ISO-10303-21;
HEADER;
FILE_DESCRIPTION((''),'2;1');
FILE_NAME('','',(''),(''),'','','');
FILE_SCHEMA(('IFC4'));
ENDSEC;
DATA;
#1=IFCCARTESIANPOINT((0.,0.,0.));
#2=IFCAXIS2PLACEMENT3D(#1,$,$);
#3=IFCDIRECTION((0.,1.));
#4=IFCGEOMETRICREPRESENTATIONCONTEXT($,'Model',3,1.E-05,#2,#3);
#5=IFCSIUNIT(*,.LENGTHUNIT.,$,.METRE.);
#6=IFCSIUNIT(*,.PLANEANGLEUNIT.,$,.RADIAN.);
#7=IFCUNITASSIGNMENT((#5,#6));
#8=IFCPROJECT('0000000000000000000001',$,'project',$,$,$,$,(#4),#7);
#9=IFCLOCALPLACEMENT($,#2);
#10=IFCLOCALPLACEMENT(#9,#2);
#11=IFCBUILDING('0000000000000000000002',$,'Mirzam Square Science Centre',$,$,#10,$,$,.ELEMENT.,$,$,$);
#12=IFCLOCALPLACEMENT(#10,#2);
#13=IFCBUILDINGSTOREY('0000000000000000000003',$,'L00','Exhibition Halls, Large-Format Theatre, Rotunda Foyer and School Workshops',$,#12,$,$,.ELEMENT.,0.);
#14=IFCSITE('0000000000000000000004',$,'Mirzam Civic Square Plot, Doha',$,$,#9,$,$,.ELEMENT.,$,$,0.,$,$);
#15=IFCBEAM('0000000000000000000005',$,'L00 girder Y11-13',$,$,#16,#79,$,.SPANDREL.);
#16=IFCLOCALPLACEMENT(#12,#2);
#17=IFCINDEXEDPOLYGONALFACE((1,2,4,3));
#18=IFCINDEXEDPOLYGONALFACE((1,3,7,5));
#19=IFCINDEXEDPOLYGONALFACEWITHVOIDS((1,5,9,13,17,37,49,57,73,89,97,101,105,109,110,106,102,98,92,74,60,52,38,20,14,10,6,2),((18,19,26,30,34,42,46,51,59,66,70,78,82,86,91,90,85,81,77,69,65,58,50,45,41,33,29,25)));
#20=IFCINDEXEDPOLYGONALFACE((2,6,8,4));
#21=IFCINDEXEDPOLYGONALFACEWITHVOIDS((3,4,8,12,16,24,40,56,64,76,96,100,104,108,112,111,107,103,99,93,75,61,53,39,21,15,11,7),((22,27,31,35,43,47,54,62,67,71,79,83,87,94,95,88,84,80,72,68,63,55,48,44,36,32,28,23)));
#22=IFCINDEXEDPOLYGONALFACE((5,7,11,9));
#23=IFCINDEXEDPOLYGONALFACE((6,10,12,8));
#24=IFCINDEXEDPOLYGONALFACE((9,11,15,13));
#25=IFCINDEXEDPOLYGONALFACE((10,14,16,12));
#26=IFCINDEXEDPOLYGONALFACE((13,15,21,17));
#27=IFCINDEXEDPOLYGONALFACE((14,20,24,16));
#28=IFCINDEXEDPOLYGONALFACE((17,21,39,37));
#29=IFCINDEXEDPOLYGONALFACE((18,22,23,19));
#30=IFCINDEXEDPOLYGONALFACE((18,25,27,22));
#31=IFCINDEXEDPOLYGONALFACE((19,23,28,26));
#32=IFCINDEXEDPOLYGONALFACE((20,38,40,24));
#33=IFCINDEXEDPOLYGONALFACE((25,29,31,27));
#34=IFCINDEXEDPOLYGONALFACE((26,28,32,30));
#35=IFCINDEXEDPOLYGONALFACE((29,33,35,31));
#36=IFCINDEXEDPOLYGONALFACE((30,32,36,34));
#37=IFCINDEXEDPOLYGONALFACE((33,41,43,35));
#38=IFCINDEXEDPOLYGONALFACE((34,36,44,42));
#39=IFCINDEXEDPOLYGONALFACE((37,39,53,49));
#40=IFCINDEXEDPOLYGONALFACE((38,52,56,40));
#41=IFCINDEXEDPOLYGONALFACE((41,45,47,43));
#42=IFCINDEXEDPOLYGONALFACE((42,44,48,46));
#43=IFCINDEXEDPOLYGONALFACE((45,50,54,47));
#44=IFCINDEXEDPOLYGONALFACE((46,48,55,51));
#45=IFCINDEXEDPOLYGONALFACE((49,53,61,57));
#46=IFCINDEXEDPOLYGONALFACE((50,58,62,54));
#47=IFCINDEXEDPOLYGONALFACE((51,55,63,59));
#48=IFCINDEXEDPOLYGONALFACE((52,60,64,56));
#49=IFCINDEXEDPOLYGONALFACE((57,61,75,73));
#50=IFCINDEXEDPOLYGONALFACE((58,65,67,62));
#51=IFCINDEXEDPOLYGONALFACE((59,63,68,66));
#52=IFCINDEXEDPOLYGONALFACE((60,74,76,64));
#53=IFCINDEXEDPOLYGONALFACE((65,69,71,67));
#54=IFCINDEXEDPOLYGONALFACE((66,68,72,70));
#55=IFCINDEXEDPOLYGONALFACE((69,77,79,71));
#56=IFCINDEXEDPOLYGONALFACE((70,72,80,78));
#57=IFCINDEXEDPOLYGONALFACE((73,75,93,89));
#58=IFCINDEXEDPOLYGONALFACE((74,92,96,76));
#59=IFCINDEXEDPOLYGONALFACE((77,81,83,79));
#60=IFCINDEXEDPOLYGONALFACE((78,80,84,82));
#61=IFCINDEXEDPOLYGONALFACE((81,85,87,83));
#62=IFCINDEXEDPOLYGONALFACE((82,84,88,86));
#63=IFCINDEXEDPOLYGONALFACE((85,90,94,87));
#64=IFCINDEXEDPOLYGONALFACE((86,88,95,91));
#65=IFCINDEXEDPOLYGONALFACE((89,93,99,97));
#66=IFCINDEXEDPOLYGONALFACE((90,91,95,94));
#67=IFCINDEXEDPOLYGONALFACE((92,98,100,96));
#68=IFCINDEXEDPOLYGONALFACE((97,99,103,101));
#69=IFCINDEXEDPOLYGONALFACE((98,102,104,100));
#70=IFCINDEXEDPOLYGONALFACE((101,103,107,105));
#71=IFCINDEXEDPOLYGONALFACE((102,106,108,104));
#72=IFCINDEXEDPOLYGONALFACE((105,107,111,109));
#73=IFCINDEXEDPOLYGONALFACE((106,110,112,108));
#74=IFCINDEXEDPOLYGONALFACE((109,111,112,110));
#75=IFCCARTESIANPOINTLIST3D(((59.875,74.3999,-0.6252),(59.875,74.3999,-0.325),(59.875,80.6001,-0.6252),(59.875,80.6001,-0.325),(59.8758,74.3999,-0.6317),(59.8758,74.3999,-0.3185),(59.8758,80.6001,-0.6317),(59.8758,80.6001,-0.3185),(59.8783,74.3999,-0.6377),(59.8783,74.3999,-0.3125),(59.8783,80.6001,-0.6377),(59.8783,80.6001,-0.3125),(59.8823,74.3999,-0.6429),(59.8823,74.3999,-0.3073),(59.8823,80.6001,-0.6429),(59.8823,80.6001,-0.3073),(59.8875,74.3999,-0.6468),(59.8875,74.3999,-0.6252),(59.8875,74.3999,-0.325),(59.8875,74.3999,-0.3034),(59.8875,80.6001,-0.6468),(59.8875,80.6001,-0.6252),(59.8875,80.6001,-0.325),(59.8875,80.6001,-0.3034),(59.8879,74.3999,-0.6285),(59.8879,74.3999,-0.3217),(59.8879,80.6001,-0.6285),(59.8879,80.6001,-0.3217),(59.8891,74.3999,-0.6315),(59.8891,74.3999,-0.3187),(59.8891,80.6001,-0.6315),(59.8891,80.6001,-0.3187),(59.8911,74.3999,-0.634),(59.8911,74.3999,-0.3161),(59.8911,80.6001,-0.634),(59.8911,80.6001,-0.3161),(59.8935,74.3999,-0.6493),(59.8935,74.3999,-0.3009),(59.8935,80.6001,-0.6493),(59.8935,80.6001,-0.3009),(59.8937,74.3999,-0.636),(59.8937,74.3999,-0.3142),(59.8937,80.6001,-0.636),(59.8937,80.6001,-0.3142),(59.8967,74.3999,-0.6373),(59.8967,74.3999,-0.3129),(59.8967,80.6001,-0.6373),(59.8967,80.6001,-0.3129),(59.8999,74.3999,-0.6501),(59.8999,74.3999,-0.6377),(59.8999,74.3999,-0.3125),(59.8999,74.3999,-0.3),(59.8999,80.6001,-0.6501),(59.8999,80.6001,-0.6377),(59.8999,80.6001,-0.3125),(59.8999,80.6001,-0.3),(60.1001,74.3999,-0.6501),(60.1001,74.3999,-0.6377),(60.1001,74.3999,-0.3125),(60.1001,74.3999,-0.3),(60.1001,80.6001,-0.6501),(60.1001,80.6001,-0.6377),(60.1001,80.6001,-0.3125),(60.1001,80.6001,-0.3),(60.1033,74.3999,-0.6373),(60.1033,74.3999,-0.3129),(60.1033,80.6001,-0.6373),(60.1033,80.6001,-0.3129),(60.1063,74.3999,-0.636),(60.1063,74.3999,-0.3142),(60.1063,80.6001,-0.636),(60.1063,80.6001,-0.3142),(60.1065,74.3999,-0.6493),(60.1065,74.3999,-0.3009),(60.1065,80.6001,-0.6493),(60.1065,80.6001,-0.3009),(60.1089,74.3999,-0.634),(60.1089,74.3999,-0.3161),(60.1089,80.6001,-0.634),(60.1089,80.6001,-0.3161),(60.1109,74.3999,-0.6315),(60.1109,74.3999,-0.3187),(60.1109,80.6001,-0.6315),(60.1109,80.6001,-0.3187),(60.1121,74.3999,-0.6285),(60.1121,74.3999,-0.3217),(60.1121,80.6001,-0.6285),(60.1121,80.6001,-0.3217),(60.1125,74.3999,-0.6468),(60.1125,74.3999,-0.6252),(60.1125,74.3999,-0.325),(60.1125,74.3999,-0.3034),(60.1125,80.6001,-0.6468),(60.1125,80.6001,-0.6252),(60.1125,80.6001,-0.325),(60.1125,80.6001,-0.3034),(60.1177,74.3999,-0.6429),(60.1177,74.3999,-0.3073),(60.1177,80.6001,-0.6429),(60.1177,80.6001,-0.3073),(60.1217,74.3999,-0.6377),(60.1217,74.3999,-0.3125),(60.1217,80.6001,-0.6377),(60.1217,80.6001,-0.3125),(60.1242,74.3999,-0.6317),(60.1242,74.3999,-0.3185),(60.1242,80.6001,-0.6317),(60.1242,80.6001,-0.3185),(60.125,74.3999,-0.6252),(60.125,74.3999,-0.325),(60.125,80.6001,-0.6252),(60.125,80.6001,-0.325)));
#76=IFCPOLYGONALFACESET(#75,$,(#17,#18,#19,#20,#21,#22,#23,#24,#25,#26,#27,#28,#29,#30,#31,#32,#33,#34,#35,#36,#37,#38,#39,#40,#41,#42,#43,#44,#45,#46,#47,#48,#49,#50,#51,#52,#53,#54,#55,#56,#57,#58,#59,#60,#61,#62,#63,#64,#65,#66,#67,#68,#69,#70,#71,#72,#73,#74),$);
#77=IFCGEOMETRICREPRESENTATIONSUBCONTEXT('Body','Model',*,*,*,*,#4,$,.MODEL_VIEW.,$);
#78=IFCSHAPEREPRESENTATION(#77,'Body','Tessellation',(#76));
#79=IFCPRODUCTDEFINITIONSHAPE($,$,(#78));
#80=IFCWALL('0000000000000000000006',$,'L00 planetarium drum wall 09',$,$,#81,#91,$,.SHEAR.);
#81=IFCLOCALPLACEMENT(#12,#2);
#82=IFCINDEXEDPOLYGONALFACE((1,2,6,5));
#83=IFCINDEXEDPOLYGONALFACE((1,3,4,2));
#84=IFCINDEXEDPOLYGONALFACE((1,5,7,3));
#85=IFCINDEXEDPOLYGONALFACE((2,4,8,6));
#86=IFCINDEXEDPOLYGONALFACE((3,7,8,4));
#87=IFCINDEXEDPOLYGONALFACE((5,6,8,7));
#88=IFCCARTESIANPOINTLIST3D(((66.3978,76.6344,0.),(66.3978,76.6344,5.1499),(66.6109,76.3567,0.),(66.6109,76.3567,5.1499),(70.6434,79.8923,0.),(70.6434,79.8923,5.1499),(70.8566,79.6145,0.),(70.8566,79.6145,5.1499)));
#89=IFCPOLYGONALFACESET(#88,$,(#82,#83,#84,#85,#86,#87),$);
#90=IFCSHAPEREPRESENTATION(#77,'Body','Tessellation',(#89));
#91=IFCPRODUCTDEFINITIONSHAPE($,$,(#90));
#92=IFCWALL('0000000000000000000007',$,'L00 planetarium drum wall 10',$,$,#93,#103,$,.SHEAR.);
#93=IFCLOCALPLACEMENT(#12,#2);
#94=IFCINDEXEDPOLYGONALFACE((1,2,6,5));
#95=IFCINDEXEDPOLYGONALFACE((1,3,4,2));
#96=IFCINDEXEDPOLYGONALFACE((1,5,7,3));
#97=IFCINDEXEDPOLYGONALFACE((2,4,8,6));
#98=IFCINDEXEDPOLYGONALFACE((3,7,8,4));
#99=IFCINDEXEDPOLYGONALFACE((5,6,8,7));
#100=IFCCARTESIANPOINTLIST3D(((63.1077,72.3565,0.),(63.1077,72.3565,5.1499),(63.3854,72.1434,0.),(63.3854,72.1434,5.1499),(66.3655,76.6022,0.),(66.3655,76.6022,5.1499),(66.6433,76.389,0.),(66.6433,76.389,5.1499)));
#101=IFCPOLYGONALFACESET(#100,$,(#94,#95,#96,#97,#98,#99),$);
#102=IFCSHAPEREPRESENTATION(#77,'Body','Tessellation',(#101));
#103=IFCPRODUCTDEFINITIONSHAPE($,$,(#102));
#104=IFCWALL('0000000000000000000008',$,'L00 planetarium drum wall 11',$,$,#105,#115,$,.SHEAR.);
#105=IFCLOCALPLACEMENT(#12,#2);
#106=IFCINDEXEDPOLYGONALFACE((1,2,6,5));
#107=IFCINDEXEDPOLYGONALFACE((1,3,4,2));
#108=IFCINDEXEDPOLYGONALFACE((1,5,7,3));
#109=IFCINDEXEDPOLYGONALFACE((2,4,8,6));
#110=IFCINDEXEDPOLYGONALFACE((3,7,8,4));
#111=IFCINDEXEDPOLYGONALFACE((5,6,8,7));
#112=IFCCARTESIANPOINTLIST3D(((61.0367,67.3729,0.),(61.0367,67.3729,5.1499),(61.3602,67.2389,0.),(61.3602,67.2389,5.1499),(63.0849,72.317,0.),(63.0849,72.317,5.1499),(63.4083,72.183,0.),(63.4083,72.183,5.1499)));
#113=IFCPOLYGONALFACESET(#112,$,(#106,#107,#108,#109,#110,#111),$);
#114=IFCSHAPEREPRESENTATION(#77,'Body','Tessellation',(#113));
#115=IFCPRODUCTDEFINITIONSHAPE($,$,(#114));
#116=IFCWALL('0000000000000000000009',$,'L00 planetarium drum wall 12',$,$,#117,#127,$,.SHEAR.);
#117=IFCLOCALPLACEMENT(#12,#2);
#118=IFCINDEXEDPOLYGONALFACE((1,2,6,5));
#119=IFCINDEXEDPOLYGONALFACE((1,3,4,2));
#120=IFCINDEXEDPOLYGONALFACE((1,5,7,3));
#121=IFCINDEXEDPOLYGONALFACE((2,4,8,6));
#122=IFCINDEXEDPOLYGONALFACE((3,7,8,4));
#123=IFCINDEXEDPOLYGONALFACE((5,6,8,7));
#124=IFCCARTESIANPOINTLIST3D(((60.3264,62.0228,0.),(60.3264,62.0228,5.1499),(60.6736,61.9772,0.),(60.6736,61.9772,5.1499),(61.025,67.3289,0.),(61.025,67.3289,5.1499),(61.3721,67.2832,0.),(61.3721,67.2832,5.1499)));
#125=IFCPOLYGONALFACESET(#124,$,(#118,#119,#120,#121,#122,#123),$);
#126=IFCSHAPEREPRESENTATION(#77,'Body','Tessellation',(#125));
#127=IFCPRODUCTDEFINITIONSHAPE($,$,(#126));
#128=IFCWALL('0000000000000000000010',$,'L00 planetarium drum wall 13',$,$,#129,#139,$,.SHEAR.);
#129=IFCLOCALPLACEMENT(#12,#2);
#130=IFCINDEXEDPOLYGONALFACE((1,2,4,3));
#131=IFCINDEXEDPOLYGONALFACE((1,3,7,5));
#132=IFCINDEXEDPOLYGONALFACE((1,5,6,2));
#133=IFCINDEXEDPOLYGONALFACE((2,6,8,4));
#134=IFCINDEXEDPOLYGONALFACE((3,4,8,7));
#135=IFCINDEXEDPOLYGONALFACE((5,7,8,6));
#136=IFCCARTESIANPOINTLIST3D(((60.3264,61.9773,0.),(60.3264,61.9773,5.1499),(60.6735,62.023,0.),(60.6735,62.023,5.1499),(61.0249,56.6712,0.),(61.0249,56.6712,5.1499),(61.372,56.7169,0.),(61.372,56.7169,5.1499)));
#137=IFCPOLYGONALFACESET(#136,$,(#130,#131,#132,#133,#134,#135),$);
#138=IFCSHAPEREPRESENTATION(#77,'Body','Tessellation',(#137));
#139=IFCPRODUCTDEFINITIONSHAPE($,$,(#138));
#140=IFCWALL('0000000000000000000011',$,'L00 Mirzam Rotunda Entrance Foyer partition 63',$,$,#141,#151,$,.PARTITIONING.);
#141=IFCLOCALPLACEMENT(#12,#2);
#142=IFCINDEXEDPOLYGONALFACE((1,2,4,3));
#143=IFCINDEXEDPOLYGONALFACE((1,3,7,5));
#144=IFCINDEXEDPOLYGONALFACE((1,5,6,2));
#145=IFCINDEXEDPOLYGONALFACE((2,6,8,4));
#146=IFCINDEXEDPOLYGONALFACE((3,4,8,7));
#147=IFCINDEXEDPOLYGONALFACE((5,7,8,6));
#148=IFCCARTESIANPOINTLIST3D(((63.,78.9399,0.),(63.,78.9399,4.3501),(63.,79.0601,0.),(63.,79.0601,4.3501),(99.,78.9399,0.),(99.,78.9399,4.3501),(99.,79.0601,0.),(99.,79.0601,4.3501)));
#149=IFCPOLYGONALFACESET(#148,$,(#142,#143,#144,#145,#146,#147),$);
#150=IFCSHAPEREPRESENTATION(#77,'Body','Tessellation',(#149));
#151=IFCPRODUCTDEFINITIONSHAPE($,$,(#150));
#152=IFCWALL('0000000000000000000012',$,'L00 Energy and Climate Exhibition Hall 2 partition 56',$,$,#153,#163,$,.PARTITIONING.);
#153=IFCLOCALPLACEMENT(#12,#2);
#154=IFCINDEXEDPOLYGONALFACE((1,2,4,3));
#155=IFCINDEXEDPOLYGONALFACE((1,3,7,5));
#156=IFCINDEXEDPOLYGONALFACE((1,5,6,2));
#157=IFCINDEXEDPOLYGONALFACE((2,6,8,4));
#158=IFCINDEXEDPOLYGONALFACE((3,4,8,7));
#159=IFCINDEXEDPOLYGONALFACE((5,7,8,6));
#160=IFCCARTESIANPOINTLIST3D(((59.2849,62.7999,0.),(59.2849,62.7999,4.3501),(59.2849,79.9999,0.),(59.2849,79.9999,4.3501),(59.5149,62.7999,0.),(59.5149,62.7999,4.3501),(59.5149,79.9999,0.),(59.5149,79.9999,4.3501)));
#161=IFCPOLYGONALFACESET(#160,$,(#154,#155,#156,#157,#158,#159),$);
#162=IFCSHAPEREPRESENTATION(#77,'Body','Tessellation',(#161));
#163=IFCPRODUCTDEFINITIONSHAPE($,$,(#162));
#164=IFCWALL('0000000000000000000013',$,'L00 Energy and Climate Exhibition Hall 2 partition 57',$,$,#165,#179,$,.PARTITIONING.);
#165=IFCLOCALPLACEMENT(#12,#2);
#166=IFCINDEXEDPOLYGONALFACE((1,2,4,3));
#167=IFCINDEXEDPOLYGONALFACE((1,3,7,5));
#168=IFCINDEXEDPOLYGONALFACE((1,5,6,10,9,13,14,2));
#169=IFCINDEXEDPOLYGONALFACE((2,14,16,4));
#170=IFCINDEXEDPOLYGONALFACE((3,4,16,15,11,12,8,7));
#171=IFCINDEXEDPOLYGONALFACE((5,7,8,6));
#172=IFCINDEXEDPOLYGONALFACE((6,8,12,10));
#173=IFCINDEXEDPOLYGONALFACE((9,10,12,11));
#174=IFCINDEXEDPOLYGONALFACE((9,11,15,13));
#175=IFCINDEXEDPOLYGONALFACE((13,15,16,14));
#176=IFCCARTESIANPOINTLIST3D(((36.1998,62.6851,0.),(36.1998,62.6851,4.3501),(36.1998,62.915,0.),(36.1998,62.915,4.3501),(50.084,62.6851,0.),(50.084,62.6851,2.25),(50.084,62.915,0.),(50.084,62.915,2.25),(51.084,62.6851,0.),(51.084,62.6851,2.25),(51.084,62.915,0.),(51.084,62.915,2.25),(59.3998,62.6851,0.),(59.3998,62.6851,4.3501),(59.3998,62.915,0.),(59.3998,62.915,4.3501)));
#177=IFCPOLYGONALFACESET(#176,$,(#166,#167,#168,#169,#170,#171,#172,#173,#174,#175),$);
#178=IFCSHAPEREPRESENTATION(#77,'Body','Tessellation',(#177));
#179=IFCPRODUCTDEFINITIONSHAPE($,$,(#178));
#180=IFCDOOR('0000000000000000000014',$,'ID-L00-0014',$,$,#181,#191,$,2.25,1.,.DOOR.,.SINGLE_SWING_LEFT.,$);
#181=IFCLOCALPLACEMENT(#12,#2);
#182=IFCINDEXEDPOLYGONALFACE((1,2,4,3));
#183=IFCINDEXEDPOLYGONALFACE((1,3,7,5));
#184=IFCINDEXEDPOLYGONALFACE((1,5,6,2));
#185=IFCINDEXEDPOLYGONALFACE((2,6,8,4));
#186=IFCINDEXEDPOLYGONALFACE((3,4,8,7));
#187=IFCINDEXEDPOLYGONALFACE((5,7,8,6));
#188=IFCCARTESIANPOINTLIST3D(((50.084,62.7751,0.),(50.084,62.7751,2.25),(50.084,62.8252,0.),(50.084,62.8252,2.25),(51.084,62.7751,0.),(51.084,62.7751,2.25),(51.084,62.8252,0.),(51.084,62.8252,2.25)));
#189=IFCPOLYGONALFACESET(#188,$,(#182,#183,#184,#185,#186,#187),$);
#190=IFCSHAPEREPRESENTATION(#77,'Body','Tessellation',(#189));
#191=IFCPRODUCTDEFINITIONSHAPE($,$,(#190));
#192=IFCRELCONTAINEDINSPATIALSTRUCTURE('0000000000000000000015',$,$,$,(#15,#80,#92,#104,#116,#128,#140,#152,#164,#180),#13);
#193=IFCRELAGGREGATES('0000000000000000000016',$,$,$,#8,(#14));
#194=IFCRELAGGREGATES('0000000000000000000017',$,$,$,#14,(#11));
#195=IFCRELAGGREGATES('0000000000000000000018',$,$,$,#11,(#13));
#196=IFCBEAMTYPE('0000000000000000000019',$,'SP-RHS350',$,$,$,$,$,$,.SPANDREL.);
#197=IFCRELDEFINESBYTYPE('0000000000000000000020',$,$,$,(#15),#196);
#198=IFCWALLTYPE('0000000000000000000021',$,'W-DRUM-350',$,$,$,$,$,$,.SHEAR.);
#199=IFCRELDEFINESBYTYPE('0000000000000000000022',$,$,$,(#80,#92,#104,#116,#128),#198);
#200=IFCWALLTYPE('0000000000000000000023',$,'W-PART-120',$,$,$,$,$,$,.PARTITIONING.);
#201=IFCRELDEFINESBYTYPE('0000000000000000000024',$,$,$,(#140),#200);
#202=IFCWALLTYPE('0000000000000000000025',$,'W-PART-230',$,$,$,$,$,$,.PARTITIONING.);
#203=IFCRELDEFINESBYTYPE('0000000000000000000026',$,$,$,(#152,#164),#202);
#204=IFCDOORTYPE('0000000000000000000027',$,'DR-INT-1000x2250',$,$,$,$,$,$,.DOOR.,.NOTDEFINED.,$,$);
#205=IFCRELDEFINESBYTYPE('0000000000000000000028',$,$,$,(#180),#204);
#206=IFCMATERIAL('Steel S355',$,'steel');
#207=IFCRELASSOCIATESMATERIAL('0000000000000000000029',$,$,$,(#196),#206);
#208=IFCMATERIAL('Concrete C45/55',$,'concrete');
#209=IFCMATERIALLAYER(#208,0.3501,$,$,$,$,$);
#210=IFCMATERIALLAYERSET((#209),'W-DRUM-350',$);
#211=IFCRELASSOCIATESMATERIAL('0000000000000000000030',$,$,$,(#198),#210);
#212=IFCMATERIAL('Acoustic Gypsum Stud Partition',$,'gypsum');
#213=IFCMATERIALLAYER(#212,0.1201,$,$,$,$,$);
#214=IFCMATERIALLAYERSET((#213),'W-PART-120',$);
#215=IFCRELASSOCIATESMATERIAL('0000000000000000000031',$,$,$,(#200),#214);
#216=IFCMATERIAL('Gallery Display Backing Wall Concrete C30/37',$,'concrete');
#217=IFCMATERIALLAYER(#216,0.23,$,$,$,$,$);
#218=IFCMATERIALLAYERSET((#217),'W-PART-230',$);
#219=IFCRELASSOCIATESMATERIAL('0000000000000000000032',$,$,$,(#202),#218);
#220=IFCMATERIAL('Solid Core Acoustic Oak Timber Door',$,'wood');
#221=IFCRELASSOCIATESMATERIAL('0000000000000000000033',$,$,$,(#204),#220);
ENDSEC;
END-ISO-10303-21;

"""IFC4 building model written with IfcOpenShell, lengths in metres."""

from ifc_helpers import new_model, si_unit, direction, frame, frame_2d, origin, origin_2d, place, context, subcontext, project, spatial, rectangle, hollow_rectangle, extrude, material, layer, layer_set, material_profile, profile_set, type_object, element, fill, save


model = new_model("IFC4")

# Units and contexts
model_context = context("Model", 3, precision=1e-05, world=origin(), true_north=direction((0.0, 1.0)))
body_context = subcontext(model_context, "Body", "Model", "MODEL_VIEW")
ifc_project = project(units=[si_unit("LENGTHUNIT", "METRE"), si_unit("PLANEANGLEUNIT", "RADIAN")], contexts=[model_context])

# Site, building, storey
site_placement = place(None, origin())
site = spatial("IfcSite", under=ifc_project, at=site_placement, Name="Mirzam Civic Square Plot, Doha", CompositionType="ELEMENT", RefElevation=0.0)
building_placement = place(site_placement, origin())
building = spatial("IfcBuilding", under=site, at=building_placement, Name="Mirzam Square Science Centre", CompositionType="ELEMENT")
storey_placement = place(building_placement, origin())
storey = spatial("IfcBuildingStorey", under=building, at=storey_placement, Name="L00", Description="Exhibition Halls, Large-Format Theatre, Rotunda Foyer and School Workshops", CompositionType="ELEMENT", Elevation=0.0)

# Shared definitions
ifc_material_1 = material(Name="Steel S355", Category="steel")
ifc_material_2 = material(Name="Concrete C45/55", Category="concrete")

# Beam
ifc_material_profile_1 = material_profile(ifc_material_1, hollow_rectangle(XDim=0.25, YDim=0.3501, WallThickness=0.0125, InnerFilletRadius=0.0125, OuterFilletRadius=0.0249, at=origin_2d()), Name="350x250x12.5RHS")
ifc_profile_set_1 = profile_set([ifc_material_profile_1], Name="Steel S355")
beam_type_1 = type_object("IfcBeamType", Name="SP-RHS350", PredefinedType="SPANDREL", material=ifc_profile_set_1)
beam_1_placement = place(storey_placement, frame((60.0, 74.3999, -0.4751), z_axis=(0.0, 1.0, 0.0), x_axis=(-1.0, 0.0, 0.0)))
element("IfcBeam", 1, at=beam_1_placement, inside=storey, type_object=beam_type_1, Name="L00 girder Y11-13", PredefinedType="SPANDREL", context=body_context, shape_type="SweptSolid", body=[
    extrude(hollow_rectangle(XDim=0.25, YDim=0.3501, WallThickness=0.0125, InnerFilletRadius=0.0125, OuterFilletRadius=0.0249, at=origin_2d()), origin(), (0.0, 0.0, 1.0), 6.2002),
])

# Walls
ifc_layer_1 = layer(ifc_material_2, 0.3501)
ifc_layer_set_1 = layer_set([ifc_layer_1], Name="W-DRUM-350")
wall_type_1 = type_object("IfcWallType", Name="W-DRUM-350", PredefinedType="SHEAR", material=ifc_layer_set_1)
for number, where, z_axis, x_axis, name in (
    (2, (70.75, 79.7534, 0.0), (0.0, 0.0, 1.0), (-0.793349, -0.608767, 0.0), "L00 planetarium drum wall 09"),
    (3, (66.5044, 76.4956, 0.0), (0.0, 0.0, 1.0), (-0.608767, -0.793349, 0.0), "L00 planetarium drum wall 10"),
    (4, (63.2466, 72.25, 0.0), (0.0, 0.0, 1.0), (-0.382713, -0.923867, 0.0), "L00 planetarium drum wall 11"),
):
    element("IfcWall", number, at=place(storey_placement, frame(where, z_axis=z_axis, x_axis=x_axis)), inside=storey, type_object=wall_type_1, Name=name, PredefinedType="SHEAR", context=body_context, shape_type="SweptSolid", body=[
        extrude(rectangle(XDim=5.3516, YDim=0.3501, at=frame_2d((2.6758, 0.0))), origin(), (0.0, 0.0, 1.0), 5.1499),
    ])
for number, where, z_axis, x_axis, name in (
    (5, (61.1985, 67.3059, 0.0), (0.0, 0.0, 1.0), (-0.130517, -0.991446, 0.0), "L00 planetarium drum wall 12"),
    (6, (60.5, 62.0, 0.0), (0.0, 0.0, 1.0), (0.130517, -0.991446, 0.0), "L00 planetarium drum wall 13"),
):
    element("IfcWall", number, at=place(storey_placement, frame(where, z_axis=z_axis, x_axis=x_axis)), inside=storey, type_object=wall_type_1, Name=name, PredefinedType="SHEAR", context=body_context, shape_type="SweptSolid", body=[
        extrude(rectangle(XDim=5.3518, YDim=0.3501, at=frame_2d((2.6758, 0.0))), origin(), (0.0, 0.0, 1.0), 5.1499),
    ])
ifc_material_3 = material(Name="Acoustic Gypsum Stud Partition", Category="gypsum")
ifc_layer_2 = layer(ifc_material_3, 0.1201)
ifc_layer_set_2 = layer_set([ifc_layer_2], Name="W-PART-120")
wall_type_2 = type_object("IfcWallType", Name="W-PART-120", PredefinedType="PARTITIONING", material=ifc_layer_set_2)
wall_1_placement = place(storey_placement, frame((63.0, 79.0, 0.0), z_axis=(0.0, 0.0, 1.0), x_axis=(1.0, 0.0, 0.0)))
element("IfcWall", 7, at=wall_1_placement, inside=storey, type_object=wall_type_2, Name="L00 Mirzam Rotunda Entrance Foyer partition 63", PredefinedType="PARTITIONING", context=body_context, shape_type="SweptSolid", body=[
    extrude(rectangle(XDim=36.0, YDim=0.1201, at=frame_2d((18.0, 0.0))), origin(), (0.0, 0.0, 1.0), 4.3501),
])
ifc_material_4 = material(Name="Gallery Display Backing Wall Concrete C30/37", Category="concrete")
ifc_layer_3 = layer(ifc_material_4, 0.23)
ifc_layer_set_3 = layer_set([ifc_layer_3], Name="W-PART-230")
wall_type_3 = type_object("IfcWallType", Name="W-PART-230", PredefinedType="PARTITIONING", material=ifc_layer_set_3)
wall_2_placement = place(storey_placement, frame((59.3999, 80.0, 0.0), z_axis=(0.0, 0.0, 1.0), x_axis=(0.0, -1.0, 0.0)))
element("IfcWall", 8, at=wall_2_placement, inside=storey, type_object=wall_type_3, Name="L00 Energy and Climate Exhibition Hall 2 partition 56", PredefinedType="PARTITIONING", context=body_context, shape_type="SweptSolid", body=[
    extrude(rectangle(XDim=17.2, YDim=0.23, at=frame_2d((8.6001, 0.0))), origin(), (0.0, 0.0, 1.0), 4.3501),
])

# Wall, opening, door
wall_3_placement = place(storey_placement, frame((59.3999, 62.8, 0.0), z_axis=(0.0, 0.0, 1.0), x_axis=(-1.0, 0.0, 0.0)))
wall_3 = element("IfcWall", 9, at=wall_3_placement, inside=storey, type_object=wall_type_3, Name="L00 Energy and Climate Exhibition Hall 2 partition 57", PredefinedType="PARTITIONING", context=body_context, shape_type="SweptSolid", body=[
    extrude(rectangle(XDim=23.2, YDim=0.23, at=frame_2d((11.6001, 0.0))), origin(), (0.0, 0.0, 1.0), 4.3501),
])
opening_placement = place(wall_3_placement, frame((8.3159, 0.0, 0.0)))
opening = element("IfcOpeningElement", 10, at=opening_placement, cuts=wall_3, PredefinedType="OPENING", context=body_context, shape_type="SweptSolid", body=[
    extrude(rectangle(XDim=1.0, YDim=2.25, at=frame_2d((0.5, 1.125))), frame((0.0, 0.125, 0.0), z_axis=(0.0, -1.0, 0.0), x_axis=(1.0, 0.0, 0.0)), (0.0, 0.0, 1.0), 0.25),
])
ifc_material_5 = material(Name="Solid Core Acoustic Oak Timber Door", Category="wood")
door_type = type_object("IfcDoorType", Name="DR-INT-1000x2250", OperationType="NOTDEFINED", PredefinedType="DOOR", material=ifc_material_5)
door_placement = place(opening_placement, origin())
door = element("IfcDoor", 11, at=door_placement, inside=storey, type_object=door_type, Name="ID-L00-0014", OperationType="SINGLE_SWING_LEFT", OverallHeight=2.25, OverallWidth=1.0, PredefinedType="DOOR", context=body_context, shape_type="SweptSolid", body=[
    extrude(rectangle(XDim=1.0, YDim=2.25, at=frame_2d((0.5, 1.125))), frame((0.0, 0.0249, 0.0), z_axis=(0.0, -1.0, 0.0), x_axis=(1.0, 0.0, 0.0)), (0.0, 0.0, 1.0), 0.05),
])
fill(opening, door)

save(model, "model.ifc")
